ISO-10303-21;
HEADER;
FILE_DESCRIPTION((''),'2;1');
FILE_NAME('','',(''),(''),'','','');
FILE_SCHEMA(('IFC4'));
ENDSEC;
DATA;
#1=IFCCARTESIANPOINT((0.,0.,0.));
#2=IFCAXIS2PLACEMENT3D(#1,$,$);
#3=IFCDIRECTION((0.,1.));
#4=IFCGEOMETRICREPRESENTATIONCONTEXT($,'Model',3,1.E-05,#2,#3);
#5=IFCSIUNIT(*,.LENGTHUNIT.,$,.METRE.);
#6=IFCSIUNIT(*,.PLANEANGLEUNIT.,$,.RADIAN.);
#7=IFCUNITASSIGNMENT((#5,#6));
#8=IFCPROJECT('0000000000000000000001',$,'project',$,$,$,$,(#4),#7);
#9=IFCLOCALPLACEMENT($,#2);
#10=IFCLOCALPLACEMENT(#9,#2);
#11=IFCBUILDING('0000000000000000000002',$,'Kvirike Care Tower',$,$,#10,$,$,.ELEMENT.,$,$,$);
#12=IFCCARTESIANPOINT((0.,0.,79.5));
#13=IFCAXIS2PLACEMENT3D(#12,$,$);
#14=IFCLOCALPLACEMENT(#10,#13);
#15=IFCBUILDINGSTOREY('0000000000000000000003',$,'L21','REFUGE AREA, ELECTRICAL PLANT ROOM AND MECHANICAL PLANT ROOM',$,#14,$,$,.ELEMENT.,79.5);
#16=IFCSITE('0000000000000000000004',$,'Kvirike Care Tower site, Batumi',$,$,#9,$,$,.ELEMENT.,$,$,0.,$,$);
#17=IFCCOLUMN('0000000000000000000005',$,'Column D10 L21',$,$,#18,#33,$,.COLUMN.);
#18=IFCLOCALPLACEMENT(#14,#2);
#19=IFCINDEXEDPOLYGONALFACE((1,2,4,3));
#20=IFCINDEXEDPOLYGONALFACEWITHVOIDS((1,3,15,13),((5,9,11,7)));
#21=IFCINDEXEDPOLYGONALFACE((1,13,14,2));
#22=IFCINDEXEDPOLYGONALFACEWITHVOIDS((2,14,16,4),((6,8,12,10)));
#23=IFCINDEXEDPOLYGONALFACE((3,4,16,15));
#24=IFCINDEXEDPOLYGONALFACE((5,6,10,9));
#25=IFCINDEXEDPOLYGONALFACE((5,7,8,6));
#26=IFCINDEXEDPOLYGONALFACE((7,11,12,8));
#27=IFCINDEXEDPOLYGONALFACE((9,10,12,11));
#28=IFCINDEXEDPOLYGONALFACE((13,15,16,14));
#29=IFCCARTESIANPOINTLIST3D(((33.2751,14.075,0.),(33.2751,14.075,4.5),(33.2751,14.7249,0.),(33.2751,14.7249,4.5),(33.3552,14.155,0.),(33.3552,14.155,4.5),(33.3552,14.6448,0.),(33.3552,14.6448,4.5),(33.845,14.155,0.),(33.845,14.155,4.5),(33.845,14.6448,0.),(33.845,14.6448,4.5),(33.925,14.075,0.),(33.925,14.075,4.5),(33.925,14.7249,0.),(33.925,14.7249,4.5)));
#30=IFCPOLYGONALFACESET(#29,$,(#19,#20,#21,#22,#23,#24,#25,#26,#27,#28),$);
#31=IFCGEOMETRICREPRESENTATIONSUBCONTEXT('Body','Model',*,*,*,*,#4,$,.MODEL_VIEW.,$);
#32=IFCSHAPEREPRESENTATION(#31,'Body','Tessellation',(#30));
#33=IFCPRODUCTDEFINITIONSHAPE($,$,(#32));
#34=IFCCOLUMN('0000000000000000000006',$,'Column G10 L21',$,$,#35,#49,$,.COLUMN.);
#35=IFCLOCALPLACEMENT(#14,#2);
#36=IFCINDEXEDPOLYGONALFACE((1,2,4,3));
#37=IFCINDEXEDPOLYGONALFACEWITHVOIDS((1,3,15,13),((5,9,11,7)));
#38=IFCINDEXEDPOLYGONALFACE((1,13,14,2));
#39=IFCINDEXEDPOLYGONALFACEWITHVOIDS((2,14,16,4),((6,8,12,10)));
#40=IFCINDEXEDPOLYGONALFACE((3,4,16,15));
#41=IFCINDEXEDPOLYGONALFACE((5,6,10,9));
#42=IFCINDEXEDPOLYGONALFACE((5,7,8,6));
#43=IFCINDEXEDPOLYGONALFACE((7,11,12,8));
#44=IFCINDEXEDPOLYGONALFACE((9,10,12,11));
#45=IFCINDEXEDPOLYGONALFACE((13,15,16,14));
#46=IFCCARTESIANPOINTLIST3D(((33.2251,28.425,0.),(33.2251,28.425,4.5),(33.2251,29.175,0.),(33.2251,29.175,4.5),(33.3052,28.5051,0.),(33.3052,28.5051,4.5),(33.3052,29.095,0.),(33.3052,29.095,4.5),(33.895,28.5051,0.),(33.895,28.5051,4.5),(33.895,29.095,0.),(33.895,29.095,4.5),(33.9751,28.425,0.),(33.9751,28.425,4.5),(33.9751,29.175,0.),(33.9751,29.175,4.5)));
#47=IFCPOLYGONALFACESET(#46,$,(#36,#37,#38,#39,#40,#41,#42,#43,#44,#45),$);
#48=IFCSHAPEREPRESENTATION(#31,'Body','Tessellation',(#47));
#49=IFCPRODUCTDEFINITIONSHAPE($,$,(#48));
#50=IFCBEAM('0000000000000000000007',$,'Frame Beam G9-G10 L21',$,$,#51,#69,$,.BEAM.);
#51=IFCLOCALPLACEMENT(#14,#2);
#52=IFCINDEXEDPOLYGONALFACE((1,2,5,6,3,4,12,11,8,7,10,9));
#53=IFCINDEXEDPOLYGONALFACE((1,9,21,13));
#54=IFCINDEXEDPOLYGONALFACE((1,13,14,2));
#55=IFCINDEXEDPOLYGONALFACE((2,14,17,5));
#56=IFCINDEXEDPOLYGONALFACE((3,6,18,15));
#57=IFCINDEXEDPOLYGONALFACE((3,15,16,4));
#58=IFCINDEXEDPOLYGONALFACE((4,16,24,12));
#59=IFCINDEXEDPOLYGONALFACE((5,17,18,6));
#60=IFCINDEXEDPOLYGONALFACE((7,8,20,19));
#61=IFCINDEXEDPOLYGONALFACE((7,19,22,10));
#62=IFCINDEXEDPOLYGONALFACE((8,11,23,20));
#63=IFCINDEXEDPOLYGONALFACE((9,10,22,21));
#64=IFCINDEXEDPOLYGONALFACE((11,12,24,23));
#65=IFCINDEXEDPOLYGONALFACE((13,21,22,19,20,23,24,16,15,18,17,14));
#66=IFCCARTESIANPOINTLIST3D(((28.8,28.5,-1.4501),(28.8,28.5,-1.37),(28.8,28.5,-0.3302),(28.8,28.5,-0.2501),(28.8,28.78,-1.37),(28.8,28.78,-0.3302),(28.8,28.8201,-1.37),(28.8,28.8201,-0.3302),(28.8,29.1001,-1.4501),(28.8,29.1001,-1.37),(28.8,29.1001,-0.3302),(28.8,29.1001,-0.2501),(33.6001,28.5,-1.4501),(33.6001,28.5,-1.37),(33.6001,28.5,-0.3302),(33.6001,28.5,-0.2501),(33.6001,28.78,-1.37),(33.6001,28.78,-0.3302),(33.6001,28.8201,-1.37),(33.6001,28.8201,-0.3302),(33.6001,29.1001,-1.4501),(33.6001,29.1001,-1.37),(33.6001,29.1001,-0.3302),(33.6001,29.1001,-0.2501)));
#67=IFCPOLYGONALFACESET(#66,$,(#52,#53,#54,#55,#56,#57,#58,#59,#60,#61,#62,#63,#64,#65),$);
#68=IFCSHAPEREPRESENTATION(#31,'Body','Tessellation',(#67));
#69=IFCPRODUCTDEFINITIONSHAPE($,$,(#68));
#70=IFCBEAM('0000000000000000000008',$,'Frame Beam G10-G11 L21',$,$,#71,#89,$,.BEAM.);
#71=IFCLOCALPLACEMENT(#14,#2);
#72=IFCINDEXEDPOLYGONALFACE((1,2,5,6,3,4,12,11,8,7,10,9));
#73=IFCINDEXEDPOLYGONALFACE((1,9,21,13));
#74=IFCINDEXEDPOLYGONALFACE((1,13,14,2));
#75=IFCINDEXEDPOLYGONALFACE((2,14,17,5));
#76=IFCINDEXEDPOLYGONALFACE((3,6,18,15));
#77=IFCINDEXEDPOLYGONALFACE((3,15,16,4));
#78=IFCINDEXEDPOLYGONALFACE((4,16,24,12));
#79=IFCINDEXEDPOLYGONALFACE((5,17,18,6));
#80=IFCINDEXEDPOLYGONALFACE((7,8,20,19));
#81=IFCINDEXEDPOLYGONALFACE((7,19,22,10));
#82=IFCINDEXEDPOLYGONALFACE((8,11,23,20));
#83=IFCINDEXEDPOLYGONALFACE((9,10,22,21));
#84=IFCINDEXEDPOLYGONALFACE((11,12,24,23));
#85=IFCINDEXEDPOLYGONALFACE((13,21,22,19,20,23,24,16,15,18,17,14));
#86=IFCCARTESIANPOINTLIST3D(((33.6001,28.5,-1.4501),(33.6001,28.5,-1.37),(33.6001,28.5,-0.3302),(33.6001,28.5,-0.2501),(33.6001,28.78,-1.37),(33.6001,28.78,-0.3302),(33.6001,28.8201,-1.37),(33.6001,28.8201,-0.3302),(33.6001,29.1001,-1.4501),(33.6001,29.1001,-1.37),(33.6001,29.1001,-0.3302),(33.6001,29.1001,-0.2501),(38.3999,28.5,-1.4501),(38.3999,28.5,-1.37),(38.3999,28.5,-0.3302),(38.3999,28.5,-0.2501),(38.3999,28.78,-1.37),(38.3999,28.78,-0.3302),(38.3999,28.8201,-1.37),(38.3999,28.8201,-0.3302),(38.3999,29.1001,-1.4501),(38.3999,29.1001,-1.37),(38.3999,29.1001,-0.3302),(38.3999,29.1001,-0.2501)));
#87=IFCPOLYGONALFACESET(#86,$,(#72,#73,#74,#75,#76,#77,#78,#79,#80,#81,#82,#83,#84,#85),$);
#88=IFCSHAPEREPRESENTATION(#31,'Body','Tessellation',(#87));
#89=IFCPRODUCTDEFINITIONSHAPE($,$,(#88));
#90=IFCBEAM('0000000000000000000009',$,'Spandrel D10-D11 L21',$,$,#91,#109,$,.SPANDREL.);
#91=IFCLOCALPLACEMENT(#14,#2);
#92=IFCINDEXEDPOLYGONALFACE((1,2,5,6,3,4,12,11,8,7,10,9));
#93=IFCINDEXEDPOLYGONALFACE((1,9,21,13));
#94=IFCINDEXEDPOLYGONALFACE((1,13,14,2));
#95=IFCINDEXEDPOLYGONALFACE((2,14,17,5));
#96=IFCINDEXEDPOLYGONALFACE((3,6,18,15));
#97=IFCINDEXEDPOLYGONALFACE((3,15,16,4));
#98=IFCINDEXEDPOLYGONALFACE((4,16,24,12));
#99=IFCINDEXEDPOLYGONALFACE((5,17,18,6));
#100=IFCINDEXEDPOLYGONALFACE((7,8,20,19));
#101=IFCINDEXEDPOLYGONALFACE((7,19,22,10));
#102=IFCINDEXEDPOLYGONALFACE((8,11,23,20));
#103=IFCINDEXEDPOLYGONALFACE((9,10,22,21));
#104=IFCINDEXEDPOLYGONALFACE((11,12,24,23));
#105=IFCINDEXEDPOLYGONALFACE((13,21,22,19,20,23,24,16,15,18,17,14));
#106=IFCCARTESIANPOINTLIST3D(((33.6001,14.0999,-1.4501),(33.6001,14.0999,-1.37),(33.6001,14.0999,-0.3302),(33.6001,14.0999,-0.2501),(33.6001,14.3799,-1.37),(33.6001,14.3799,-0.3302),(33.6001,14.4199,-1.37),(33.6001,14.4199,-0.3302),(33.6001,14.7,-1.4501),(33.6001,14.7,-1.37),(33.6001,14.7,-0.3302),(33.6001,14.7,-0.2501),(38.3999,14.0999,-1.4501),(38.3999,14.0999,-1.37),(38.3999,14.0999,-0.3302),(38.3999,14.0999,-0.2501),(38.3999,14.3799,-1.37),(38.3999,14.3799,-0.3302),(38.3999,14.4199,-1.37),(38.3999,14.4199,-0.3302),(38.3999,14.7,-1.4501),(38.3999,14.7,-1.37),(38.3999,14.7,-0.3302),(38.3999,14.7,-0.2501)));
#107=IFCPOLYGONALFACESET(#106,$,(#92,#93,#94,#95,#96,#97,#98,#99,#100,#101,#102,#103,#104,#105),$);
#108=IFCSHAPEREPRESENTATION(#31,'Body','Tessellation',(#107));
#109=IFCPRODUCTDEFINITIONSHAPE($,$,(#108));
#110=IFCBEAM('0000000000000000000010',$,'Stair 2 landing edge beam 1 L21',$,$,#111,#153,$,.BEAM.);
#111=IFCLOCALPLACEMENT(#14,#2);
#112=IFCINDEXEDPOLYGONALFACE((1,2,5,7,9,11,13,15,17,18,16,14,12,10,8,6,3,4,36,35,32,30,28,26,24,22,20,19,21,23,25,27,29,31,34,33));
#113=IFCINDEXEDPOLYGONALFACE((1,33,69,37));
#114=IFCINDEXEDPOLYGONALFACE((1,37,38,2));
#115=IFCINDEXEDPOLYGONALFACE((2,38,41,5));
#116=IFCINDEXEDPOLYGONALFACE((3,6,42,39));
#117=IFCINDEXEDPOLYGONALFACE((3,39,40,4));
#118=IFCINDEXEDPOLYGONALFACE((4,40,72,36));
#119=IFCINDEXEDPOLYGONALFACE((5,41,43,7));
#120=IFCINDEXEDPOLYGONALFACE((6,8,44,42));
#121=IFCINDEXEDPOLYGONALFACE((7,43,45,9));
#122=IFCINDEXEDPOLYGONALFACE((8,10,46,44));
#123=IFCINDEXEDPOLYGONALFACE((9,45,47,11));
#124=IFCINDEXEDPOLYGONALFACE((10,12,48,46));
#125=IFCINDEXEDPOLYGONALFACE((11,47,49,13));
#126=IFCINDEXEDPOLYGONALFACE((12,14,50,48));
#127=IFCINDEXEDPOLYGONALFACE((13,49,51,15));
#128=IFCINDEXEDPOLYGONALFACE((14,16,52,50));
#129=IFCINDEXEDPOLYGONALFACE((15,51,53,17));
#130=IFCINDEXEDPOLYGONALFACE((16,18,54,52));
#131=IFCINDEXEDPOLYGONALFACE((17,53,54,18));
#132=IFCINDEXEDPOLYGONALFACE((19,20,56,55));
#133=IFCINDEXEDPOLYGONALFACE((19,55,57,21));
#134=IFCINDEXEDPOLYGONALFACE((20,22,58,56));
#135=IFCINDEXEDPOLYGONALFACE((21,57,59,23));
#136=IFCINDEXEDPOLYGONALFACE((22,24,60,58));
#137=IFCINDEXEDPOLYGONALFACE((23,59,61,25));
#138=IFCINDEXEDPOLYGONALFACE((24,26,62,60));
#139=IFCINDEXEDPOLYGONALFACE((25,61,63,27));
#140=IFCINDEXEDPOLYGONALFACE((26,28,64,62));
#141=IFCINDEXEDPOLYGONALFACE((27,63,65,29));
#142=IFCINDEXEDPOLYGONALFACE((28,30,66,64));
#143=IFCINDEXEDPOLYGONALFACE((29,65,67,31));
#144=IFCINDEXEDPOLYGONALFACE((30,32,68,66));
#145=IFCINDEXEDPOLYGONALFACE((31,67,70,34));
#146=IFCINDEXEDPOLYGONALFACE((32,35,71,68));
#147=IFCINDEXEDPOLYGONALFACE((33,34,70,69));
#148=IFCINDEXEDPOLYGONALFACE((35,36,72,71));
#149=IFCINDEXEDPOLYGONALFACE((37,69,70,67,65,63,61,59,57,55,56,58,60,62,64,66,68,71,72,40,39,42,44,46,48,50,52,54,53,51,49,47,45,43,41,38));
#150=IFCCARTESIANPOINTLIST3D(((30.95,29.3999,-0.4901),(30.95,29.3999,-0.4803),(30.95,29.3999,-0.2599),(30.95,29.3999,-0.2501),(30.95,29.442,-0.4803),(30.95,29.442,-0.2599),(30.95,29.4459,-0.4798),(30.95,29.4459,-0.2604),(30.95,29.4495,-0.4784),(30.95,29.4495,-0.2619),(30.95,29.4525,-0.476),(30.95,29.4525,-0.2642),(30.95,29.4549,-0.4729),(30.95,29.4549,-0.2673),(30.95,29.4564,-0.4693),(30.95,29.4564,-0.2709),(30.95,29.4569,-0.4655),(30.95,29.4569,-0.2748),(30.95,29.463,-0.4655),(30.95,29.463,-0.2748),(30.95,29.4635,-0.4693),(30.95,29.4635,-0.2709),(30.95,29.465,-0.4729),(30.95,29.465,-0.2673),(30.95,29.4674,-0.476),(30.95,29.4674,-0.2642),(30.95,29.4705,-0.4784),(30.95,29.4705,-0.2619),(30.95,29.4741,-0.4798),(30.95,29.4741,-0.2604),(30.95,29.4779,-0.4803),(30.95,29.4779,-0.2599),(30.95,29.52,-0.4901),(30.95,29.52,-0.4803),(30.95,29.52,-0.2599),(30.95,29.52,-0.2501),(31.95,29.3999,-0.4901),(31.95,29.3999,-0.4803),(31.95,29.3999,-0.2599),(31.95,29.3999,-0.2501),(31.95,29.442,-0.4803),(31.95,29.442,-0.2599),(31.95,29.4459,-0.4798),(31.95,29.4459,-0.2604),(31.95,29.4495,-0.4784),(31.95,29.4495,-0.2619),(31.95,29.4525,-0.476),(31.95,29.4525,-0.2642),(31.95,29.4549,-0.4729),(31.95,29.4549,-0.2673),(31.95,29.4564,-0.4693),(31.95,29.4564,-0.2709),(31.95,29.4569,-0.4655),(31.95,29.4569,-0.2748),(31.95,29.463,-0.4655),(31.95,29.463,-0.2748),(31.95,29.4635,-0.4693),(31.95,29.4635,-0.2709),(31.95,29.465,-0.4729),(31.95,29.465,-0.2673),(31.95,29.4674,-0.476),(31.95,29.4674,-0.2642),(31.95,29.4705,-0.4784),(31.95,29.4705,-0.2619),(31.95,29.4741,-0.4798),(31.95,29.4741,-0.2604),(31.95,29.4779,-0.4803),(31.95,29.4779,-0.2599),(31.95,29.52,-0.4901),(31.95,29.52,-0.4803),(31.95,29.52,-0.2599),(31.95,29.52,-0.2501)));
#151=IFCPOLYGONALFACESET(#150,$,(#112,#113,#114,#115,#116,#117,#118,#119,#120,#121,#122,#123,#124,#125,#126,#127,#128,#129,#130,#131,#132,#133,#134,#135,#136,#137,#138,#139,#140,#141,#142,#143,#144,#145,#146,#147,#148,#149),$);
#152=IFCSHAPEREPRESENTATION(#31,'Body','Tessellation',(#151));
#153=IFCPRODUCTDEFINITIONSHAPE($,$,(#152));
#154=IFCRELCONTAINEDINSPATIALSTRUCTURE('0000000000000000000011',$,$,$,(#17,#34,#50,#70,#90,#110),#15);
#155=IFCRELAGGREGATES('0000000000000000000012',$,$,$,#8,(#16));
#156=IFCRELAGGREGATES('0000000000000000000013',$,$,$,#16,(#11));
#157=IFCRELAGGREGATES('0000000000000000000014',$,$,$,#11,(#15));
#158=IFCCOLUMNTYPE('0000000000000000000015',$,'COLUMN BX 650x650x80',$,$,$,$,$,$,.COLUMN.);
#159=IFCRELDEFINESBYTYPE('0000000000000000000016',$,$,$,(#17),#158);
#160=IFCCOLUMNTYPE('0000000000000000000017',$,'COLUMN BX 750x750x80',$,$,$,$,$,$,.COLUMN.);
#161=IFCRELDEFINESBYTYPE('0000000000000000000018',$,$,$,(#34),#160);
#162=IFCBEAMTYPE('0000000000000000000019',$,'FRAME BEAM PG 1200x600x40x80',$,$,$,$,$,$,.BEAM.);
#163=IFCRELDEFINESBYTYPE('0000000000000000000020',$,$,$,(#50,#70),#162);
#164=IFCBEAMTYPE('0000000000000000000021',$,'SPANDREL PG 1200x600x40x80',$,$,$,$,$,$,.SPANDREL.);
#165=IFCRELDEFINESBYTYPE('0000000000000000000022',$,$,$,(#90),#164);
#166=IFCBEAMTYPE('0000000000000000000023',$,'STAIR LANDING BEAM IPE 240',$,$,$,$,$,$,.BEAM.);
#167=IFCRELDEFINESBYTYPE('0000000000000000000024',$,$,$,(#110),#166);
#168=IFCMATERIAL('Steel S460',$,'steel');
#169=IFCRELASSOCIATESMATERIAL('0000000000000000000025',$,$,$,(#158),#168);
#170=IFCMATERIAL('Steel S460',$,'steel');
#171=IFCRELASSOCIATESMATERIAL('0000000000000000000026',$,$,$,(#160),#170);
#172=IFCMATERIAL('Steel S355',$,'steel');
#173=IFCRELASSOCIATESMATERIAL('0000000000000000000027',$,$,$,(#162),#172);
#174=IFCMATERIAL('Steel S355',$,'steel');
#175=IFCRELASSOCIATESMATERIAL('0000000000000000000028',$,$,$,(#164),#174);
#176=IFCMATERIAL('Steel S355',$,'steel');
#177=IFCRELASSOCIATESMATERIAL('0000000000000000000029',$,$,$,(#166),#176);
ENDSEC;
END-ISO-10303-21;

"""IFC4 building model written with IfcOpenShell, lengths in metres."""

from ifc_helpers import new_model, si_unit, direction, frame, origin, origin_2d, place, context, subcontext, project, spatial, hollow_rectangle, i_section, extrude, material, material_profile, profile_set, type_object, element, save


model = new_model("IFC4")

# Units and contexts
model_context = context("Model", 3, precision=1e-05, world=origin(), true_north=direction((0.0, 1.0)))
body_context = subcontext(model_context, "Body", "Model", "MODEL_VIEW")
ifc_project = project(units=[si_unit("LENGTHUNIT", "METRE"), si_unit("PLANEANGLEUNIT", "RADIAN")], contexts=[model_context])

# Site, building, storey
site_placement = place(None, origin())
site = spatial("IfcSite", under=ifc_project, at=site_placement, Name="Kvirike Care Tower site, Batumi", CompositionType="ELEMENT", RefElevation=0.0)
building_placement = place(site_placement, origin())
building = spatial("IfcBuilding", under=site, at=building_placement, Name="Kvirike Care Tower", CompositionType="ELEMENT")
storey_placement = place(building_placement, frame((0.0, 0.0, 79.5)))
storey = spatial("IfcBuildingStorey", under=building, at=storey_placement, Name="L21", Description="REFUGE AREA, ELECTRICAL PLANT ROOM AND MECHANICAL PLANT ROOM", CompositionType="ELEMENT", Elevation=79.5)

# Columns
ifc_material_1 = material(Name="Steel S460", Category="steel")
ifc_material_profile_1 = material_profile(ifc_material_1, hollow_rectangle(XDim=0.6499, YDim=0.6499, WallThickness=0.0801, at=origin_2d()), Name="BX 650x650x80")
ifc_profile_set_1 = profile_set([ifc_material_profile_1], Name="Steel S460")
column_type_1 = type_object("IfcColumnType", Name="COLUMN BX 650x650x80", PredefinedType="COLUMN", material=ifc_profile_set_1)
column_1_placement = place(storey_placement, frame((33.6001, 14.3999, 0.0), z_axis=(0.0, 0.0, 1.0), x_axis=(0.0, 1.0, 0.0)))
element("IfcColumn", 1, at=column_1_placement, inside=storey, type_object=column_type_1, Name="Column D10 L21", PredefinedType="COLUMN", context=body_context, shape_type="SweptSolid", body=[
    extrude(hollow_rectangle(XDim=0.6499, YDim=0.6499, WallThickness=0.0801, at=origin_2d()), origin(), (0.0, 0.0, 1.0), 4.5),
])
ifc_material_2 = material(Name="Steel S460", Category="steel")
ifc_material_profile_2 = material_profile(ifc_material_2, hollow_rectangle(XDim=0.75, YDim=0.75, WallThickness=0.0801, at=origin_2d()), Name="BX 750x750x80")
ifc_profile_set_2 = profile_set([ifc_material_profile_2], Name="Steel S460")
column_type_2 = type_object("IfcColumnType", Name="COLUMN BX 750x750x80", PredefinedType="COLUMN", material=ifc_profile_set_2)
column_2_placement = place(storey_placement, frame((33.6001, 28.8, 0.0), z_axis=(0.0, 0.0, 1.0), x_axis=(0.0, 1.0, 0.0)))
element("IfcColumn", 2, at=column_2_placement, inside=storey, type_object=column_type_2, Name="Column G10 L21", PredefinedType="COLUMN", context=body_context, shape_type="SweptSolid", body=[
    extrude(hollow_rectangle(XDim=0.75, YDim=0.75, WallThickness=0.0801, at=origin_2d()), origin(), (0.0, 0.0, 1.0), 4.5),
])

# Beams
ifc_material_3 = material(Name="Steel S355", Category="steel")
ifc_material_profile_3 = material_profile(ifc_material_3, i_section(OverallWidth=0.6001, OverallDepth=1.2, WebThickness=0.04, FlangeThickness=0.0801, at=origin_2d()), Name="PG 1200x600x40x80")
ifc_profile_set_3 = profile_set([ifc_material_profile_3], Name="Steel S355")
beam_type_1 = type_object("IfcBeamType", Name="FRAME BEAM PG 1200x600x40x80", PredefinedType="BEAM", material=ifc_profile_set_3)
beam_1_placement = place(storey_placement, frame((28.8, 28.8, -0.8501), z_axis=(1.0, 0.0, 0.0), x_axis=(0.0, 1.0, 0.0)))
element("IfcBeam", 3, at=beam_1_placement, inside=storey, type_object=beam_type_1, Name="Frame Beam G9-G10 L21", PredefinedType="BEAM", context=body_context, shape_type="SweptSolid", body=[
    extrude(i_section(OverallWidth=0.6001, OverallDepth=1.2, WebThickness=0.04, FlangeThickness=0.0801, at=origin_2d()), origin(), (0.0, 0.0, 1.0), 4.8),
])
beam_2_placement = place(storey_placement, frame((33.6001, 28.8, -0.8501), z_axis=(1.0, 0.0, 0.0), x_axis=(0.0, 1.0, 0.0)))
element("IfcBeam", 4, at=beam_2_placement, inside=storey, type_object=beam_type_1, Name="Frame Beam G10-G11 L21", PredefinedType="BEAM", context=body_context, shape_type="SweptSolid", body=[
    extrude(i_section(OverallWidth=0.6001, OverallDepth=1.2, WebThickness=0.04, FlangeThickness=0.0801, at=origin_2d()), origin(), (0.0, 0.0, 1.0), 4.7998),
])
ifc_material_4 = material(Name="Steel S355", Category="steel")
ifc_material_profile_4 = material_profile(ifc_material_4, i_section(OverallWidth=0.6001, OverallDepth=1.2, WebThickness=0.04, FlangeThickness=0.0801, at=origin_2d()), Name="PG 1200x600x40x80")
ifc_profile_set_4 = profile_set([ifc_material_profile_4], Name="Steel S355")
beam_type_2 = type_object("IfcBeamType", Name="SPANDREL PG 1200x600x40x80", PredefinedType="SPANDREL", material=ifc_profile_set_4)
beam_3_placement = place(storey_placement, frame((33.6001, 14.3999, -0.8501), z_axis=(1.0, 0.0, 0.0), x_axis=(0.0, 1.0, 0.0)))
element("IfcBeam", 5, at=beam_3_placement, inside=storey, type_object=beam_type_2, Name="Spandrel D10-D11 L21", PredefinedType="SPANDREL", context=body_context, shape_type="SweptSolid", body=[
    extrude(i_section(OverallWidth=0.6001, OverallDepth=1.2, WebThickness=0.04, FlangeThickness=0.0801, at=origin_2d()), origin(), (0.0, 0.0, 1.0), 4.7998),
])
ifc_material_5 = material(Name="Steel S355", Category="steel")
ifc_material_profile_5 = material_profile(ifc_material_5, i_section(OverallWidth=0.1201, OverallDepth=0.24, WebThickness=0.0061, FlangeThickness=0.0098, FilletRadius=0.0149, at=origin_2d()), Name="IPE 240")
ifc_profile_set_5 = profile_set([ifc_material_profile_5], Name="Steel S355")
beam_type_3 = type_object("IfcBeamType", Name="STAIR LANDING BEAM IPE 240", PredefinedType="BEAM", material=ifc_profile_set_5)
for number, where, z_axis, x_axis, name in (
    (6, (31.95, 29.46, -0.3701), (-1.0, 0.0, 0.0), (0.0, -1.0, 0.0), "Stair 2 landing edge beam 1 L21"),
):
    element("IfcBeam", number, at=place(storey_placement, frame(where, z_axis=z_axis, x_axis=x_axis)), inside=storey, type_object=beam_type_3, Name=name, PredefinedType="BEAM", context=body_context, shape_type="SweptSolid", body=[
        extrude(i_section(OverallWidth=0.1201, OverallDepth=0.24, WebThickness=0.0061, FlangeThickness=0.0098, FilletRadius=0.0149, at=origin_2d()), origin(), (0.0, 0.0, 1.0), 1.0),
    ])

save(model, "model.ifc")
